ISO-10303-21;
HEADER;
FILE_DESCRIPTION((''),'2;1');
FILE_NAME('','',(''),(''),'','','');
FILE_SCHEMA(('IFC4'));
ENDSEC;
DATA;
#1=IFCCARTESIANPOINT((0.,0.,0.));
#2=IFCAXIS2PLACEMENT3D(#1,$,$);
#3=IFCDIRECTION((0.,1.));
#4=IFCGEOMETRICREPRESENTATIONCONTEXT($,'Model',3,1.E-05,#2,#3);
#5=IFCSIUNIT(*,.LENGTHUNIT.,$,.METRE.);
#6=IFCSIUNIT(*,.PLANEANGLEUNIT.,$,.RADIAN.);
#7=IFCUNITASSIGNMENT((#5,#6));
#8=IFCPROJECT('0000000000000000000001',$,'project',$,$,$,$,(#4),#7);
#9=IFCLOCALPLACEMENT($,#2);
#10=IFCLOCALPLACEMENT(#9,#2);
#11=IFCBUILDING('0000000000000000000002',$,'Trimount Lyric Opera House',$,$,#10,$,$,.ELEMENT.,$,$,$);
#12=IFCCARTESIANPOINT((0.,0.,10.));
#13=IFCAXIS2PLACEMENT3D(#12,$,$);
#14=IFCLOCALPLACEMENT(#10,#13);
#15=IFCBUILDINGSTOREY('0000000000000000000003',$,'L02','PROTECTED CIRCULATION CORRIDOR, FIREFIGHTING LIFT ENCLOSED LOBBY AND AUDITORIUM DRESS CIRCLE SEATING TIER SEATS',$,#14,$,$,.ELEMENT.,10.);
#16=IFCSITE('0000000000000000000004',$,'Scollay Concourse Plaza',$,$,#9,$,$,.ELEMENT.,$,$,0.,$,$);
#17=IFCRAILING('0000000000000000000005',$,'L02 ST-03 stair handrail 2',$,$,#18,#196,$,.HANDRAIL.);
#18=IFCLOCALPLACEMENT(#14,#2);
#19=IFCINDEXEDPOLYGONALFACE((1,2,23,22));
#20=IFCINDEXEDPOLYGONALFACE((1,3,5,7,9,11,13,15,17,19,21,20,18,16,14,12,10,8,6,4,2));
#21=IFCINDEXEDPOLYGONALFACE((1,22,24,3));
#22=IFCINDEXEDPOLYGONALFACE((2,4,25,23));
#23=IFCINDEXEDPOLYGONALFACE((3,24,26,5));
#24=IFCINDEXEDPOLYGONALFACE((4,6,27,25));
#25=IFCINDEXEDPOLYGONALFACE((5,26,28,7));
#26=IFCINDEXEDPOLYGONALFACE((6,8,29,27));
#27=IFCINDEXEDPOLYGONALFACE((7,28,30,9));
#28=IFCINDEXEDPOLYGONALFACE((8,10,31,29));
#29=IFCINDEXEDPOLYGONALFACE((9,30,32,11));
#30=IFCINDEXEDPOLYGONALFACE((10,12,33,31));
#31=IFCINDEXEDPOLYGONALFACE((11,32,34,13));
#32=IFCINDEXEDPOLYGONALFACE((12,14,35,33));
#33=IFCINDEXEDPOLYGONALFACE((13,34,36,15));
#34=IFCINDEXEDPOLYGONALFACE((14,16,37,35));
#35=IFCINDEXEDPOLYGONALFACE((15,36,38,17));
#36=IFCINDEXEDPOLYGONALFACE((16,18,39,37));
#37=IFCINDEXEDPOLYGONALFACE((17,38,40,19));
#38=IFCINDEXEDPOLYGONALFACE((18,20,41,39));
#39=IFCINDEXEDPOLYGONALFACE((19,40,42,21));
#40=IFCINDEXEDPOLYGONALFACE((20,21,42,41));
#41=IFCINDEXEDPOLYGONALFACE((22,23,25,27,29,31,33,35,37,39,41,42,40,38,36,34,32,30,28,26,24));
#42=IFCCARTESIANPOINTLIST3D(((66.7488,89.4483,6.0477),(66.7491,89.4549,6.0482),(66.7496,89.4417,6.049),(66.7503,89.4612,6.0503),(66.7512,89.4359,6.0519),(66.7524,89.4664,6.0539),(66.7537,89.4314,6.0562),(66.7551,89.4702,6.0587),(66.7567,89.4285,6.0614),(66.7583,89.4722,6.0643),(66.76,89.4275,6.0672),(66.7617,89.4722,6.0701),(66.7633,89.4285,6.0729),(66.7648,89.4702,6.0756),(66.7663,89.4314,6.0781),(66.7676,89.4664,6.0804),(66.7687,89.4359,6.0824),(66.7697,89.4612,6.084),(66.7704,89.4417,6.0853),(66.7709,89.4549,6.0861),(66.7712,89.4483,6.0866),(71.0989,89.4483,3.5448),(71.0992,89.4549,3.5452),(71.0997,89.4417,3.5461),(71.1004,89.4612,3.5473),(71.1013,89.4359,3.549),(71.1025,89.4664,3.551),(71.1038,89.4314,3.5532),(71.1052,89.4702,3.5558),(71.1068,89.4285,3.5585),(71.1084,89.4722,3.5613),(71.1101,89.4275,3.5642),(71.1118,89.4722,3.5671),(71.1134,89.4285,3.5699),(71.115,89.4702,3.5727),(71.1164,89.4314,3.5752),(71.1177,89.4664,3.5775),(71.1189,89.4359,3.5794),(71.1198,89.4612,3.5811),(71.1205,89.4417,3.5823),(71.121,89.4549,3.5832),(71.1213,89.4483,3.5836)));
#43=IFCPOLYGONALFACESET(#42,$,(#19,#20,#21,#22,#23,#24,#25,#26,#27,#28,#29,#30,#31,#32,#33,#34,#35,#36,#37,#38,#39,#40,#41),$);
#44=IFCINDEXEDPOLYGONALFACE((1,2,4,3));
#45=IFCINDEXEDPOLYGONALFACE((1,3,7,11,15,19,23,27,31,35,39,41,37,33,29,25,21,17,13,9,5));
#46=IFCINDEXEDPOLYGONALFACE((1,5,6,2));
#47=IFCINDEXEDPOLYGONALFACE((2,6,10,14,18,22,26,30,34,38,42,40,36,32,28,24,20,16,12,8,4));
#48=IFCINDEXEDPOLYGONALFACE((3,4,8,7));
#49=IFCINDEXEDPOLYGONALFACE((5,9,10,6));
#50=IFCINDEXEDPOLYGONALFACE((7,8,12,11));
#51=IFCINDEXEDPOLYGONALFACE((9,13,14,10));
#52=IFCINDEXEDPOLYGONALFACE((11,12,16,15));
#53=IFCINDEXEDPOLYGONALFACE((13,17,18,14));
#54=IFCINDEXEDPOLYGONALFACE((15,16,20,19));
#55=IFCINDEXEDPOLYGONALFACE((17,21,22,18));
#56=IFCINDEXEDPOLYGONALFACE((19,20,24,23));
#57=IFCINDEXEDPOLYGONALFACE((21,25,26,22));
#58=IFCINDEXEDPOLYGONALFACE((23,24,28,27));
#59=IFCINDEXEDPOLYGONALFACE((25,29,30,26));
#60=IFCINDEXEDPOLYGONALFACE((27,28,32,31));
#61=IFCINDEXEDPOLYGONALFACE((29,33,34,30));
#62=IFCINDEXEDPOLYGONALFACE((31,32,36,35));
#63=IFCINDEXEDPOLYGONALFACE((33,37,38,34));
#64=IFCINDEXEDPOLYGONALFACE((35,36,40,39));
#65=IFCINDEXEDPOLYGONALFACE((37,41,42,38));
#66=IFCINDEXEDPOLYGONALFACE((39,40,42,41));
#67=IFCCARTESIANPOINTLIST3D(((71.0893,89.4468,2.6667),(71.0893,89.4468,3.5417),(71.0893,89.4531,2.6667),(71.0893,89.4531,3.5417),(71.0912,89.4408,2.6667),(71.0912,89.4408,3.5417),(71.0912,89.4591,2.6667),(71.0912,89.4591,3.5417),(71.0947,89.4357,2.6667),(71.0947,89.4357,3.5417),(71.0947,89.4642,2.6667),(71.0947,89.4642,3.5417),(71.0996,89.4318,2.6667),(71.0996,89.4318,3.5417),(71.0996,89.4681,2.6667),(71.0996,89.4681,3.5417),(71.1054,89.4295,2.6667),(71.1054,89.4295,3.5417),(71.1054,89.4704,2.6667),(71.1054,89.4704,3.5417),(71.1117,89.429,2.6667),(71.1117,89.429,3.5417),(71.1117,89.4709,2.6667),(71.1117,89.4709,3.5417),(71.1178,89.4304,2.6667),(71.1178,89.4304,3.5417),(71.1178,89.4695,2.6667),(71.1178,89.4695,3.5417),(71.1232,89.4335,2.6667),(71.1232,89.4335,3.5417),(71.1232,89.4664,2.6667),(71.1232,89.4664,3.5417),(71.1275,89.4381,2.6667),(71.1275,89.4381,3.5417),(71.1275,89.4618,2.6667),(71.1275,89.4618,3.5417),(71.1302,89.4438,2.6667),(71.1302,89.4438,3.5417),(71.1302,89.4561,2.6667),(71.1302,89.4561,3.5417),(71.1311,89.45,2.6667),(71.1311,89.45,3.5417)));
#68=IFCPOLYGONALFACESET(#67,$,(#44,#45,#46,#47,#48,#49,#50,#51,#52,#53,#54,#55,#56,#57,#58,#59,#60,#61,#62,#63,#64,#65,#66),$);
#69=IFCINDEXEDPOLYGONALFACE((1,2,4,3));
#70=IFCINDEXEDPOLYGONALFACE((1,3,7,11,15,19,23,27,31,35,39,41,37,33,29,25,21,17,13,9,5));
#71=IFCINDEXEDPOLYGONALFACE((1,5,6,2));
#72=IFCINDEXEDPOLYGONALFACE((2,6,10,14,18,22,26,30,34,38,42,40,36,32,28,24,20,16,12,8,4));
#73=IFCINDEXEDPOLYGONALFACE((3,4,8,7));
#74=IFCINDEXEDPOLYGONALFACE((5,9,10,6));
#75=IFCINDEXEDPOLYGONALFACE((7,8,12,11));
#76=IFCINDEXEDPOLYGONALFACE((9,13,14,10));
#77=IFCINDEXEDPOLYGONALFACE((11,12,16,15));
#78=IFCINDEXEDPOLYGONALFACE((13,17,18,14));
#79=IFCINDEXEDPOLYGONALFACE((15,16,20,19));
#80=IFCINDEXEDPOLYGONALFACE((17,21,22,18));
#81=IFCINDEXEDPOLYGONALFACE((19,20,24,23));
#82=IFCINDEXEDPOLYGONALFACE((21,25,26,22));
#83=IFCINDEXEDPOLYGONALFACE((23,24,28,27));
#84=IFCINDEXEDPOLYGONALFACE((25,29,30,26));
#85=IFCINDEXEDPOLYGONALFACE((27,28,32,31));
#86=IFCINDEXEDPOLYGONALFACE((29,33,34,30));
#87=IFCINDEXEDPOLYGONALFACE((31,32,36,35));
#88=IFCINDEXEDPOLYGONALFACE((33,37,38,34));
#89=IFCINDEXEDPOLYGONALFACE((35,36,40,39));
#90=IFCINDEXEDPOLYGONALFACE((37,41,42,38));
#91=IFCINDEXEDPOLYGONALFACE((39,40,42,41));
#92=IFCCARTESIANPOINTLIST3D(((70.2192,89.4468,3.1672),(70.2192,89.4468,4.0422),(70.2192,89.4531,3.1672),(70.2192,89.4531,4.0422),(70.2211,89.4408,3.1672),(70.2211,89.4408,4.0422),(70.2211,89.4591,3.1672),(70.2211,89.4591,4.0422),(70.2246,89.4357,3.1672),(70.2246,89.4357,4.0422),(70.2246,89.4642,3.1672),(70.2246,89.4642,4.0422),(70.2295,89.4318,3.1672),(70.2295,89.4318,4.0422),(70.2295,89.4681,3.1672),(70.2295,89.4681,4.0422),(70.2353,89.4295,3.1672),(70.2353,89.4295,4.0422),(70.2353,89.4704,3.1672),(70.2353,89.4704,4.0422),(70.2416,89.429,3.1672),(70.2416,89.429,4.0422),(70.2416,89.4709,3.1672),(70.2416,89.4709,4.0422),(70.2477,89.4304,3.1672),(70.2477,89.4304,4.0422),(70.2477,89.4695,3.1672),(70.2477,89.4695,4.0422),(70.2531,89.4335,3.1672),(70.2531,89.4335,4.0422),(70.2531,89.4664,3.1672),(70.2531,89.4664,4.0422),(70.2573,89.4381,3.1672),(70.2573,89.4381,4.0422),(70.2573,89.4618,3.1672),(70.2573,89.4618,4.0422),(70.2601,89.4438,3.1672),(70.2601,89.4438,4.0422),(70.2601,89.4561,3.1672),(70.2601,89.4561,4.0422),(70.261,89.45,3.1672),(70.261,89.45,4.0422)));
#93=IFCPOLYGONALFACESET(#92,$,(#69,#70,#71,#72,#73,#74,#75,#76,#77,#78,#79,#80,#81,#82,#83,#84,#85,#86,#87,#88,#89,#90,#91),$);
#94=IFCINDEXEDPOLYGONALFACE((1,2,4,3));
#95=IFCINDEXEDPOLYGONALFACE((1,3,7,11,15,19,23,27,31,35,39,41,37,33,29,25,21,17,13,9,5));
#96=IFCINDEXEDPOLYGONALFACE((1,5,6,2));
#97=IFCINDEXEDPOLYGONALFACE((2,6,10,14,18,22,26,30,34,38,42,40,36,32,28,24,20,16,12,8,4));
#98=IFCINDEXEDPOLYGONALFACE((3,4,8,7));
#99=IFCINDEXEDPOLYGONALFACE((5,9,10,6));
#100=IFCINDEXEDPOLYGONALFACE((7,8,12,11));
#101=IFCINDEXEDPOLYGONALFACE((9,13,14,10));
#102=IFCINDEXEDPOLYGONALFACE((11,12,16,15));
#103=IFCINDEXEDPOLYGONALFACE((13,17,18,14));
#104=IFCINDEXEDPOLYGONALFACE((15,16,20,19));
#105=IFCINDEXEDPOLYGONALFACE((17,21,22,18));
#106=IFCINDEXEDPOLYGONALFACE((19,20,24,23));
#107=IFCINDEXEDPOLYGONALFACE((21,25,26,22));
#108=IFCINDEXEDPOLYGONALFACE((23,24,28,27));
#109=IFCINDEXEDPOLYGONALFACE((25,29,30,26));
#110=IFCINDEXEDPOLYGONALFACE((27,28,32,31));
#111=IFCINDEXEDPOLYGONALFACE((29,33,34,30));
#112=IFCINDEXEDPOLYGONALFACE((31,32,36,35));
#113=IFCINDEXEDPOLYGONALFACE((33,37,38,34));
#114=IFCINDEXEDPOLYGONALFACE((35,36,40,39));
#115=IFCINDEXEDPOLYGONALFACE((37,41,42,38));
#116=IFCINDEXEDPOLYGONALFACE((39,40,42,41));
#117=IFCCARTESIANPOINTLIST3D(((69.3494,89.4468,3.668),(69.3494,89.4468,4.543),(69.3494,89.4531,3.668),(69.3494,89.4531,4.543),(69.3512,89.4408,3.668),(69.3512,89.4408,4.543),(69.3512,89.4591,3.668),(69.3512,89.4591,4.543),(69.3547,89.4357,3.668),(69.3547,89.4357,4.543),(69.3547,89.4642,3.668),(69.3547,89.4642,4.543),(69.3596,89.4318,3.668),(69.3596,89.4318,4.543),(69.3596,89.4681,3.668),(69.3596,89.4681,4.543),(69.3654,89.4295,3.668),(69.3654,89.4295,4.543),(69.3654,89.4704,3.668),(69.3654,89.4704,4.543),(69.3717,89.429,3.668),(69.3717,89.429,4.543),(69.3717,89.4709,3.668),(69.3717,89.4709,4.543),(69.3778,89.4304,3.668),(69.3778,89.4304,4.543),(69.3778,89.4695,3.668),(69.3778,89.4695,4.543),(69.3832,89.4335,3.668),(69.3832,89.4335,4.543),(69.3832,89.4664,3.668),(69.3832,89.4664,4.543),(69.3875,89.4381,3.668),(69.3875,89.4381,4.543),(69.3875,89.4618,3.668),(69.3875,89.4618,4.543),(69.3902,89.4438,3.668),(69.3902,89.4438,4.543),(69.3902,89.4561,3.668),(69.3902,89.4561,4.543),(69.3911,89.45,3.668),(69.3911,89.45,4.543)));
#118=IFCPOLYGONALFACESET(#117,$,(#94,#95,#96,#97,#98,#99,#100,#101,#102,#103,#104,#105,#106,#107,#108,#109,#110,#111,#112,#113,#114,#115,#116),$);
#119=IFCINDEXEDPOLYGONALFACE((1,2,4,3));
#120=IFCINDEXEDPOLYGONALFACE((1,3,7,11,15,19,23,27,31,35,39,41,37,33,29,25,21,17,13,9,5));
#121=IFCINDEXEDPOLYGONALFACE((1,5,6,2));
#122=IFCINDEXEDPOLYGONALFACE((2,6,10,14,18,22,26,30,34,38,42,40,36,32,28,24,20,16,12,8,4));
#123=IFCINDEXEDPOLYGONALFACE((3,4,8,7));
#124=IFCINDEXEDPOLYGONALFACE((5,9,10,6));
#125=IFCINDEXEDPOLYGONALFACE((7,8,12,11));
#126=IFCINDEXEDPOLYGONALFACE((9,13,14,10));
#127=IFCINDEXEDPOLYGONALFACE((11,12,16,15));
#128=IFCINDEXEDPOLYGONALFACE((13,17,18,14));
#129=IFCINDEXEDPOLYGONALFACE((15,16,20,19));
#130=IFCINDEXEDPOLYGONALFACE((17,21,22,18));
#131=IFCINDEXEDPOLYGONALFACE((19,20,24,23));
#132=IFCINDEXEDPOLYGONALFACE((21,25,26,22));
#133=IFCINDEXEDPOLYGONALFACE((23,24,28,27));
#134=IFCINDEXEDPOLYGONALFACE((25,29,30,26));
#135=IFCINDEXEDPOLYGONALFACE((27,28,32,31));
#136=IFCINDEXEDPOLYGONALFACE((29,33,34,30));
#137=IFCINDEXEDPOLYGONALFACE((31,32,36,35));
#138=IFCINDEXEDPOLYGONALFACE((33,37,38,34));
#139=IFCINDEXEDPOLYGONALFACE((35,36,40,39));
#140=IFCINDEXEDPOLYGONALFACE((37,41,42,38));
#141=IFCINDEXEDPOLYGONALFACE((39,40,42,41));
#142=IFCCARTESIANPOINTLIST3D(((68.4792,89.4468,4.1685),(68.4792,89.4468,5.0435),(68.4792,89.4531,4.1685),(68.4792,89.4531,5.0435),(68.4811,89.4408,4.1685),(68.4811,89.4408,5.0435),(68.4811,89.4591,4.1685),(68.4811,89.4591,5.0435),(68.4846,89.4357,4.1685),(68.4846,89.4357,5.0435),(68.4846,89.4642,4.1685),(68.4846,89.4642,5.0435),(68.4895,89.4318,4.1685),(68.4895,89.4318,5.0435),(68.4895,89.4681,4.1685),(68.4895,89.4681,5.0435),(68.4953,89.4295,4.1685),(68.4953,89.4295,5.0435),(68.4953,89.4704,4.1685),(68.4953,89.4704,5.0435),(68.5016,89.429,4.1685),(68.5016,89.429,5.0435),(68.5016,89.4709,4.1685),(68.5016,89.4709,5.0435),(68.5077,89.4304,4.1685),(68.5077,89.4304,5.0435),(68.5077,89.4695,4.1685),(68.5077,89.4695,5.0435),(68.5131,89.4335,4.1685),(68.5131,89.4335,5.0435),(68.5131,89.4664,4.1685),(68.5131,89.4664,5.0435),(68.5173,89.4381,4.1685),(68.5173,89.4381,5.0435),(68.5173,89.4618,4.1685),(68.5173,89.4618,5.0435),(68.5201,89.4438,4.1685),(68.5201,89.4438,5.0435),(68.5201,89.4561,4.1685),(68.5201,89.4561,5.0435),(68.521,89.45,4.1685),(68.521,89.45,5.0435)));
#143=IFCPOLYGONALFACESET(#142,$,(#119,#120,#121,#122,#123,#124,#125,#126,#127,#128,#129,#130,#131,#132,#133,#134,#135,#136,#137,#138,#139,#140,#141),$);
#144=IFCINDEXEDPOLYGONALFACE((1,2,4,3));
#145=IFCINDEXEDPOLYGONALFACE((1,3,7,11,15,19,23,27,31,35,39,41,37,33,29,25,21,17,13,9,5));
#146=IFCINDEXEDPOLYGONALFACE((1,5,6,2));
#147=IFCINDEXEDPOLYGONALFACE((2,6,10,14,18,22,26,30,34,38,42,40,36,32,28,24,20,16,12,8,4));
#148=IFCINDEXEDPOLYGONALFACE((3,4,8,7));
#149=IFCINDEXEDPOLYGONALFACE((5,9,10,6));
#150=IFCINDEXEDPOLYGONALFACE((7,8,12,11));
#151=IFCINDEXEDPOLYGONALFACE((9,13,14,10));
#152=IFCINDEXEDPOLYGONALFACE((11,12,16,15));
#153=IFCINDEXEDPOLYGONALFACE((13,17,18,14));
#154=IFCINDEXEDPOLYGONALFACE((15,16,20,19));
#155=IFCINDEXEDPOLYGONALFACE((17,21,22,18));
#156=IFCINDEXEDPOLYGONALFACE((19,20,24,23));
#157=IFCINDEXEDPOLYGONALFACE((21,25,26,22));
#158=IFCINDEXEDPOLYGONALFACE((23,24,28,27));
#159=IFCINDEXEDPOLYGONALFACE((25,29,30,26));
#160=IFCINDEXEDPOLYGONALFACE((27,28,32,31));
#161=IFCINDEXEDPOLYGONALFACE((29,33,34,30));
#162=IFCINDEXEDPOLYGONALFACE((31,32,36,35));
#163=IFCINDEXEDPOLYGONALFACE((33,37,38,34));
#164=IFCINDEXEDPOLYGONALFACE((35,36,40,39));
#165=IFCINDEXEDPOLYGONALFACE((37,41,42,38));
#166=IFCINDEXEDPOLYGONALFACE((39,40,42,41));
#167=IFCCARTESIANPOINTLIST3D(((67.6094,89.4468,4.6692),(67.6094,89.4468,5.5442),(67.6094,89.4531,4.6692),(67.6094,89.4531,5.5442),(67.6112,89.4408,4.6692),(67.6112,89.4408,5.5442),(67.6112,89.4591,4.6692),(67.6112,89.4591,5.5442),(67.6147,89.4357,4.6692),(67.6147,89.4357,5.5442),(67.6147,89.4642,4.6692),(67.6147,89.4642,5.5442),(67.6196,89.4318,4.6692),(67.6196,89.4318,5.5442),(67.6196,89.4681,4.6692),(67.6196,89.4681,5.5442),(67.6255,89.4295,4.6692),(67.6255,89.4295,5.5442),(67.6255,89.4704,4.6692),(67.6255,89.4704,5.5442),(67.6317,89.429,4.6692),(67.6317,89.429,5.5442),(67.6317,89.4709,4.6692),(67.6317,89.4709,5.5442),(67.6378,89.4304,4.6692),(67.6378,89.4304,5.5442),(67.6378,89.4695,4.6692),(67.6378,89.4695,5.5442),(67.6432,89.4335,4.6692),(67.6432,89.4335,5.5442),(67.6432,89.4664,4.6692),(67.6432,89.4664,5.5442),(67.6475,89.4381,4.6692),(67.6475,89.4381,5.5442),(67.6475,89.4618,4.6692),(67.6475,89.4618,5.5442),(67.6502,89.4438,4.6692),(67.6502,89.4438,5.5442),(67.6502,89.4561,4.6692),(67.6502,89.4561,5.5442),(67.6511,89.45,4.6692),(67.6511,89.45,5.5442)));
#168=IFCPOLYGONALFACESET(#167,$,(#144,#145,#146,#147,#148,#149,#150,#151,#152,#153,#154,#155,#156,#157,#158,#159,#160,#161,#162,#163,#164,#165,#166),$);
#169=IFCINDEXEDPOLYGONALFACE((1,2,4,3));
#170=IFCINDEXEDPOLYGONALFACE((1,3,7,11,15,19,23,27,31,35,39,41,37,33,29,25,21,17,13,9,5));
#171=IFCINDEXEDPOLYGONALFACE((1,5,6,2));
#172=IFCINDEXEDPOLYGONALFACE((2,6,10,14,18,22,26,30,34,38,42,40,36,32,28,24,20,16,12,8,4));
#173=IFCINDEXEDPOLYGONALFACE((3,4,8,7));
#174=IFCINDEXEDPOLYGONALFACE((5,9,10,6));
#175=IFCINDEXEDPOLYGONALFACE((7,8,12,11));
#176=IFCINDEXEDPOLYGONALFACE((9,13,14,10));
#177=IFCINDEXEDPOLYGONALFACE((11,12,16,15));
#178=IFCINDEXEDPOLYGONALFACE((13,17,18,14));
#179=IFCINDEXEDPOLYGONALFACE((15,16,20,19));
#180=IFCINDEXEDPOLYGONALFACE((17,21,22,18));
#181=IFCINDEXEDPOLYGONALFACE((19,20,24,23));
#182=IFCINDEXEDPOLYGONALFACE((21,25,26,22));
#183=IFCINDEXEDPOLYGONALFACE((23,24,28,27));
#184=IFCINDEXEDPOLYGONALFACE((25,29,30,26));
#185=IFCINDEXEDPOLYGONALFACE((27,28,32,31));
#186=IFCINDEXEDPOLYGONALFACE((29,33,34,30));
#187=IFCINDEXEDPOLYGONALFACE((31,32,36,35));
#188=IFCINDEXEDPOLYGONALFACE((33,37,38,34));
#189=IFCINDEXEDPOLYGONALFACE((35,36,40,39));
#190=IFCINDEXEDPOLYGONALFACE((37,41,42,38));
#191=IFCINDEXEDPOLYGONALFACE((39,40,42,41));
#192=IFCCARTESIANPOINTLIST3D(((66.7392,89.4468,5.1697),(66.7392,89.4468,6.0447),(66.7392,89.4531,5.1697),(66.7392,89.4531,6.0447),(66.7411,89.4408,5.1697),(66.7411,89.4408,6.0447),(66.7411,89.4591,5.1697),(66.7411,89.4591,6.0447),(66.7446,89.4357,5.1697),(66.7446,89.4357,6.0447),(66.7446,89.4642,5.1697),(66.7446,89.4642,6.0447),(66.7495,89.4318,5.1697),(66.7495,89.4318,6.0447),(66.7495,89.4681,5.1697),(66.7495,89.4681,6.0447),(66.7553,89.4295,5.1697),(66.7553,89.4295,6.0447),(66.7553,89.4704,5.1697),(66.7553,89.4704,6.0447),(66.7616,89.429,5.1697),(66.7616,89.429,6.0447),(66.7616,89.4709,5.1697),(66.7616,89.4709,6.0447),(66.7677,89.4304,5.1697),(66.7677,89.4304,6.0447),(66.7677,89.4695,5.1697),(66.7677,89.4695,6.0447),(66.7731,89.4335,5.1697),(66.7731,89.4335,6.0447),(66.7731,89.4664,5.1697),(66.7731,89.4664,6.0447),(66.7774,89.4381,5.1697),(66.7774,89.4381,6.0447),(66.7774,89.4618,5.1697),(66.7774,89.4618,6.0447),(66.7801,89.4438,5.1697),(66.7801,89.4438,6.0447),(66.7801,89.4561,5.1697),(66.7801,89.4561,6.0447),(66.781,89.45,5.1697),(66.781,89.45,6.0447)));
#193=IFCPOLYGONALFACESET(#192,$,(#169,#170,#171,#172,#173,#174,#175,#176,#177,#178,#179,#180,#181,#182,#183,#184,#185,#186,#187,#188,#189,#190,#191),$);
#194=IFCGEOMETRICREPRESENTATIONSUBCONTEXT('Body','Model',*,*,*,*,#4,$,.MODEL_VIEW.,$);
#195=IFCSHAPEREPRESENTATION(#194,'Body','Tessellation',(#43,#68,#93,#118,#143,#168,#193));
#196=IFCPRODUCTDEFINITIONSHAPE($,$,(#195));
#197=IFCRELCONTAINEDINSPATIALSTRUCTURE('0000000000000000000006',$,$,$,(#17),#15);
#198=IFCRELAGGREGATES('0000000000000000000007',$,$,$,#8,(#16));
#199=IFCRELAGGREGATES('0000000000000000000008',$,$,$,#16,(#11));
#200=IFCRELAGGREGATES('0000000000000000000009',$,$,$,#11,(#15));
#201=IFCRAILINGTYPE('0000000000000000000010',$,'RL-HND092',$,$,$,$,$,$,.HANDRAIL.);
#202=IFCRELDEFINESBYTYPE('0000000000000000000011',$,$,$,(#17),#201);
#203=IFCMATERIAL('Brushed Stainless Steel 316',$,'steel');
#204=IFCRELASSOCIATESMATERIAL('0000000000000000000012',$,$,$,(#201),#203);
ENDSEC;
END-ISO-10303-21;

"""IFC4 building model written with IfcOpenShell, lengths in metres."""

from ifc_helpers import new_model, si_unit, direction, frame, origin, origin_2d, place, context, subcontext, project, spatial, circle, extrude, material, type_object, element, save


model = new_model("IFC4")

# Units and contexts
model_context = context("Model", 3, precision=1e-05, world=origin(), true_north=direction((0.0, 1.0)))
body_context = subcontext(model_context, "Body", "Model", "MODEL_VIEW")
ifc_project = project(units=[si_unit("LENGTHUNIT", "METRE"), si_unit("PLANEANGLEUNIT", "RADIAN")], contexts=[model_context])

# Site, building, storey
site_placement = place(None, origin())
site = spatial("IfcSite", under=ifc_project, at=site_placement, Name="Scollay Concourse Plaza", CompositionType="ELEMENT", RefElevation=0.0)
building_placement = place(site_placement, origin())
building = spatial("IfcBuilding", under=site, at=building_placement, Name="Trimount Lyric Opera House", CompositionType="ELEMENT")
storey_placement = place(building_placement, frame((0.0, 0.0, 10.0)))
storey = spatial("IfcBuildingStorey", under=building, at=storey_placement, Name="L02", Description="PROTECTED CIRCULATION CORRIDOR, FIREFIGHTING LIFT ENCLOSED LOBBY AND AUDITORIUM DRESS CIRCLE SEATING TIER SEATS", CompositionType="ELEMENT", Elevation=10.0)

# Railing
ifc_material_1 = material(Name="Brushed Stainless Steel 316", Category="steel")
railing_type_1 = type_object("IfcRailingType", Name="RL-HND092", PredefinedType="HANDRAIL", material=ifc_material_1)
railing_1_placement = place(storey_placement, frame((71.1101, 89.45, 2.6667)))
element("IfcRailing", 1, at=railing_1_placement, inside=storey, type_object=railing_type_1, Name="L02 ST-03 stair handrail 2", PredefinedType="HANDRAIL", context=body_context, shape_type="SweptSolid", body=[
    extrude(circle(Radius=0.0225, at=origin_2d()), frame((0.0, 0.0, 0.8975), z_axis=(-0.866766, 0.0, 0.498714), x_axis=(0.0, -1.0, 0.0)), (0.0, 0.0, 1.0), 5.0188),
    extrude(circle(Radius=0.021, at=origin_2d()), origin(), (0.0, 0.0, 1.0), 0.875),
    extrude(circle(Radius=0.021, at=origin_2d()), frame((-0.8701, 0.0, 0.5005)), (0.0, 0.0, 1.0), 0.875),
    extrude(circle(Radius=0.021, at=origin_2d()), frame((-1.74, 0.0, 1.0012)), (0.0, 0.0, 1.0), 0.875),
    extrude(circle(Radius=0.021, at=origin_2d()), frame((-2.6101, 0.0, 1.5017)), (0.0, 0.0, 1.0), 0.875),
    extrude(circle(Radius=0.021, at=origin_2d()), frame((-3.48, 0.0, 2.0024)), (0.0, 0.0, 1.0), 0.875),
    extrude(circle(Radius=0.021, at=origin_2d()), frame((-4.3501, 0.0, 2.5029)), (0.0, 0.0, 1.0), 0.875),
])

save(model, "model.ifc")
